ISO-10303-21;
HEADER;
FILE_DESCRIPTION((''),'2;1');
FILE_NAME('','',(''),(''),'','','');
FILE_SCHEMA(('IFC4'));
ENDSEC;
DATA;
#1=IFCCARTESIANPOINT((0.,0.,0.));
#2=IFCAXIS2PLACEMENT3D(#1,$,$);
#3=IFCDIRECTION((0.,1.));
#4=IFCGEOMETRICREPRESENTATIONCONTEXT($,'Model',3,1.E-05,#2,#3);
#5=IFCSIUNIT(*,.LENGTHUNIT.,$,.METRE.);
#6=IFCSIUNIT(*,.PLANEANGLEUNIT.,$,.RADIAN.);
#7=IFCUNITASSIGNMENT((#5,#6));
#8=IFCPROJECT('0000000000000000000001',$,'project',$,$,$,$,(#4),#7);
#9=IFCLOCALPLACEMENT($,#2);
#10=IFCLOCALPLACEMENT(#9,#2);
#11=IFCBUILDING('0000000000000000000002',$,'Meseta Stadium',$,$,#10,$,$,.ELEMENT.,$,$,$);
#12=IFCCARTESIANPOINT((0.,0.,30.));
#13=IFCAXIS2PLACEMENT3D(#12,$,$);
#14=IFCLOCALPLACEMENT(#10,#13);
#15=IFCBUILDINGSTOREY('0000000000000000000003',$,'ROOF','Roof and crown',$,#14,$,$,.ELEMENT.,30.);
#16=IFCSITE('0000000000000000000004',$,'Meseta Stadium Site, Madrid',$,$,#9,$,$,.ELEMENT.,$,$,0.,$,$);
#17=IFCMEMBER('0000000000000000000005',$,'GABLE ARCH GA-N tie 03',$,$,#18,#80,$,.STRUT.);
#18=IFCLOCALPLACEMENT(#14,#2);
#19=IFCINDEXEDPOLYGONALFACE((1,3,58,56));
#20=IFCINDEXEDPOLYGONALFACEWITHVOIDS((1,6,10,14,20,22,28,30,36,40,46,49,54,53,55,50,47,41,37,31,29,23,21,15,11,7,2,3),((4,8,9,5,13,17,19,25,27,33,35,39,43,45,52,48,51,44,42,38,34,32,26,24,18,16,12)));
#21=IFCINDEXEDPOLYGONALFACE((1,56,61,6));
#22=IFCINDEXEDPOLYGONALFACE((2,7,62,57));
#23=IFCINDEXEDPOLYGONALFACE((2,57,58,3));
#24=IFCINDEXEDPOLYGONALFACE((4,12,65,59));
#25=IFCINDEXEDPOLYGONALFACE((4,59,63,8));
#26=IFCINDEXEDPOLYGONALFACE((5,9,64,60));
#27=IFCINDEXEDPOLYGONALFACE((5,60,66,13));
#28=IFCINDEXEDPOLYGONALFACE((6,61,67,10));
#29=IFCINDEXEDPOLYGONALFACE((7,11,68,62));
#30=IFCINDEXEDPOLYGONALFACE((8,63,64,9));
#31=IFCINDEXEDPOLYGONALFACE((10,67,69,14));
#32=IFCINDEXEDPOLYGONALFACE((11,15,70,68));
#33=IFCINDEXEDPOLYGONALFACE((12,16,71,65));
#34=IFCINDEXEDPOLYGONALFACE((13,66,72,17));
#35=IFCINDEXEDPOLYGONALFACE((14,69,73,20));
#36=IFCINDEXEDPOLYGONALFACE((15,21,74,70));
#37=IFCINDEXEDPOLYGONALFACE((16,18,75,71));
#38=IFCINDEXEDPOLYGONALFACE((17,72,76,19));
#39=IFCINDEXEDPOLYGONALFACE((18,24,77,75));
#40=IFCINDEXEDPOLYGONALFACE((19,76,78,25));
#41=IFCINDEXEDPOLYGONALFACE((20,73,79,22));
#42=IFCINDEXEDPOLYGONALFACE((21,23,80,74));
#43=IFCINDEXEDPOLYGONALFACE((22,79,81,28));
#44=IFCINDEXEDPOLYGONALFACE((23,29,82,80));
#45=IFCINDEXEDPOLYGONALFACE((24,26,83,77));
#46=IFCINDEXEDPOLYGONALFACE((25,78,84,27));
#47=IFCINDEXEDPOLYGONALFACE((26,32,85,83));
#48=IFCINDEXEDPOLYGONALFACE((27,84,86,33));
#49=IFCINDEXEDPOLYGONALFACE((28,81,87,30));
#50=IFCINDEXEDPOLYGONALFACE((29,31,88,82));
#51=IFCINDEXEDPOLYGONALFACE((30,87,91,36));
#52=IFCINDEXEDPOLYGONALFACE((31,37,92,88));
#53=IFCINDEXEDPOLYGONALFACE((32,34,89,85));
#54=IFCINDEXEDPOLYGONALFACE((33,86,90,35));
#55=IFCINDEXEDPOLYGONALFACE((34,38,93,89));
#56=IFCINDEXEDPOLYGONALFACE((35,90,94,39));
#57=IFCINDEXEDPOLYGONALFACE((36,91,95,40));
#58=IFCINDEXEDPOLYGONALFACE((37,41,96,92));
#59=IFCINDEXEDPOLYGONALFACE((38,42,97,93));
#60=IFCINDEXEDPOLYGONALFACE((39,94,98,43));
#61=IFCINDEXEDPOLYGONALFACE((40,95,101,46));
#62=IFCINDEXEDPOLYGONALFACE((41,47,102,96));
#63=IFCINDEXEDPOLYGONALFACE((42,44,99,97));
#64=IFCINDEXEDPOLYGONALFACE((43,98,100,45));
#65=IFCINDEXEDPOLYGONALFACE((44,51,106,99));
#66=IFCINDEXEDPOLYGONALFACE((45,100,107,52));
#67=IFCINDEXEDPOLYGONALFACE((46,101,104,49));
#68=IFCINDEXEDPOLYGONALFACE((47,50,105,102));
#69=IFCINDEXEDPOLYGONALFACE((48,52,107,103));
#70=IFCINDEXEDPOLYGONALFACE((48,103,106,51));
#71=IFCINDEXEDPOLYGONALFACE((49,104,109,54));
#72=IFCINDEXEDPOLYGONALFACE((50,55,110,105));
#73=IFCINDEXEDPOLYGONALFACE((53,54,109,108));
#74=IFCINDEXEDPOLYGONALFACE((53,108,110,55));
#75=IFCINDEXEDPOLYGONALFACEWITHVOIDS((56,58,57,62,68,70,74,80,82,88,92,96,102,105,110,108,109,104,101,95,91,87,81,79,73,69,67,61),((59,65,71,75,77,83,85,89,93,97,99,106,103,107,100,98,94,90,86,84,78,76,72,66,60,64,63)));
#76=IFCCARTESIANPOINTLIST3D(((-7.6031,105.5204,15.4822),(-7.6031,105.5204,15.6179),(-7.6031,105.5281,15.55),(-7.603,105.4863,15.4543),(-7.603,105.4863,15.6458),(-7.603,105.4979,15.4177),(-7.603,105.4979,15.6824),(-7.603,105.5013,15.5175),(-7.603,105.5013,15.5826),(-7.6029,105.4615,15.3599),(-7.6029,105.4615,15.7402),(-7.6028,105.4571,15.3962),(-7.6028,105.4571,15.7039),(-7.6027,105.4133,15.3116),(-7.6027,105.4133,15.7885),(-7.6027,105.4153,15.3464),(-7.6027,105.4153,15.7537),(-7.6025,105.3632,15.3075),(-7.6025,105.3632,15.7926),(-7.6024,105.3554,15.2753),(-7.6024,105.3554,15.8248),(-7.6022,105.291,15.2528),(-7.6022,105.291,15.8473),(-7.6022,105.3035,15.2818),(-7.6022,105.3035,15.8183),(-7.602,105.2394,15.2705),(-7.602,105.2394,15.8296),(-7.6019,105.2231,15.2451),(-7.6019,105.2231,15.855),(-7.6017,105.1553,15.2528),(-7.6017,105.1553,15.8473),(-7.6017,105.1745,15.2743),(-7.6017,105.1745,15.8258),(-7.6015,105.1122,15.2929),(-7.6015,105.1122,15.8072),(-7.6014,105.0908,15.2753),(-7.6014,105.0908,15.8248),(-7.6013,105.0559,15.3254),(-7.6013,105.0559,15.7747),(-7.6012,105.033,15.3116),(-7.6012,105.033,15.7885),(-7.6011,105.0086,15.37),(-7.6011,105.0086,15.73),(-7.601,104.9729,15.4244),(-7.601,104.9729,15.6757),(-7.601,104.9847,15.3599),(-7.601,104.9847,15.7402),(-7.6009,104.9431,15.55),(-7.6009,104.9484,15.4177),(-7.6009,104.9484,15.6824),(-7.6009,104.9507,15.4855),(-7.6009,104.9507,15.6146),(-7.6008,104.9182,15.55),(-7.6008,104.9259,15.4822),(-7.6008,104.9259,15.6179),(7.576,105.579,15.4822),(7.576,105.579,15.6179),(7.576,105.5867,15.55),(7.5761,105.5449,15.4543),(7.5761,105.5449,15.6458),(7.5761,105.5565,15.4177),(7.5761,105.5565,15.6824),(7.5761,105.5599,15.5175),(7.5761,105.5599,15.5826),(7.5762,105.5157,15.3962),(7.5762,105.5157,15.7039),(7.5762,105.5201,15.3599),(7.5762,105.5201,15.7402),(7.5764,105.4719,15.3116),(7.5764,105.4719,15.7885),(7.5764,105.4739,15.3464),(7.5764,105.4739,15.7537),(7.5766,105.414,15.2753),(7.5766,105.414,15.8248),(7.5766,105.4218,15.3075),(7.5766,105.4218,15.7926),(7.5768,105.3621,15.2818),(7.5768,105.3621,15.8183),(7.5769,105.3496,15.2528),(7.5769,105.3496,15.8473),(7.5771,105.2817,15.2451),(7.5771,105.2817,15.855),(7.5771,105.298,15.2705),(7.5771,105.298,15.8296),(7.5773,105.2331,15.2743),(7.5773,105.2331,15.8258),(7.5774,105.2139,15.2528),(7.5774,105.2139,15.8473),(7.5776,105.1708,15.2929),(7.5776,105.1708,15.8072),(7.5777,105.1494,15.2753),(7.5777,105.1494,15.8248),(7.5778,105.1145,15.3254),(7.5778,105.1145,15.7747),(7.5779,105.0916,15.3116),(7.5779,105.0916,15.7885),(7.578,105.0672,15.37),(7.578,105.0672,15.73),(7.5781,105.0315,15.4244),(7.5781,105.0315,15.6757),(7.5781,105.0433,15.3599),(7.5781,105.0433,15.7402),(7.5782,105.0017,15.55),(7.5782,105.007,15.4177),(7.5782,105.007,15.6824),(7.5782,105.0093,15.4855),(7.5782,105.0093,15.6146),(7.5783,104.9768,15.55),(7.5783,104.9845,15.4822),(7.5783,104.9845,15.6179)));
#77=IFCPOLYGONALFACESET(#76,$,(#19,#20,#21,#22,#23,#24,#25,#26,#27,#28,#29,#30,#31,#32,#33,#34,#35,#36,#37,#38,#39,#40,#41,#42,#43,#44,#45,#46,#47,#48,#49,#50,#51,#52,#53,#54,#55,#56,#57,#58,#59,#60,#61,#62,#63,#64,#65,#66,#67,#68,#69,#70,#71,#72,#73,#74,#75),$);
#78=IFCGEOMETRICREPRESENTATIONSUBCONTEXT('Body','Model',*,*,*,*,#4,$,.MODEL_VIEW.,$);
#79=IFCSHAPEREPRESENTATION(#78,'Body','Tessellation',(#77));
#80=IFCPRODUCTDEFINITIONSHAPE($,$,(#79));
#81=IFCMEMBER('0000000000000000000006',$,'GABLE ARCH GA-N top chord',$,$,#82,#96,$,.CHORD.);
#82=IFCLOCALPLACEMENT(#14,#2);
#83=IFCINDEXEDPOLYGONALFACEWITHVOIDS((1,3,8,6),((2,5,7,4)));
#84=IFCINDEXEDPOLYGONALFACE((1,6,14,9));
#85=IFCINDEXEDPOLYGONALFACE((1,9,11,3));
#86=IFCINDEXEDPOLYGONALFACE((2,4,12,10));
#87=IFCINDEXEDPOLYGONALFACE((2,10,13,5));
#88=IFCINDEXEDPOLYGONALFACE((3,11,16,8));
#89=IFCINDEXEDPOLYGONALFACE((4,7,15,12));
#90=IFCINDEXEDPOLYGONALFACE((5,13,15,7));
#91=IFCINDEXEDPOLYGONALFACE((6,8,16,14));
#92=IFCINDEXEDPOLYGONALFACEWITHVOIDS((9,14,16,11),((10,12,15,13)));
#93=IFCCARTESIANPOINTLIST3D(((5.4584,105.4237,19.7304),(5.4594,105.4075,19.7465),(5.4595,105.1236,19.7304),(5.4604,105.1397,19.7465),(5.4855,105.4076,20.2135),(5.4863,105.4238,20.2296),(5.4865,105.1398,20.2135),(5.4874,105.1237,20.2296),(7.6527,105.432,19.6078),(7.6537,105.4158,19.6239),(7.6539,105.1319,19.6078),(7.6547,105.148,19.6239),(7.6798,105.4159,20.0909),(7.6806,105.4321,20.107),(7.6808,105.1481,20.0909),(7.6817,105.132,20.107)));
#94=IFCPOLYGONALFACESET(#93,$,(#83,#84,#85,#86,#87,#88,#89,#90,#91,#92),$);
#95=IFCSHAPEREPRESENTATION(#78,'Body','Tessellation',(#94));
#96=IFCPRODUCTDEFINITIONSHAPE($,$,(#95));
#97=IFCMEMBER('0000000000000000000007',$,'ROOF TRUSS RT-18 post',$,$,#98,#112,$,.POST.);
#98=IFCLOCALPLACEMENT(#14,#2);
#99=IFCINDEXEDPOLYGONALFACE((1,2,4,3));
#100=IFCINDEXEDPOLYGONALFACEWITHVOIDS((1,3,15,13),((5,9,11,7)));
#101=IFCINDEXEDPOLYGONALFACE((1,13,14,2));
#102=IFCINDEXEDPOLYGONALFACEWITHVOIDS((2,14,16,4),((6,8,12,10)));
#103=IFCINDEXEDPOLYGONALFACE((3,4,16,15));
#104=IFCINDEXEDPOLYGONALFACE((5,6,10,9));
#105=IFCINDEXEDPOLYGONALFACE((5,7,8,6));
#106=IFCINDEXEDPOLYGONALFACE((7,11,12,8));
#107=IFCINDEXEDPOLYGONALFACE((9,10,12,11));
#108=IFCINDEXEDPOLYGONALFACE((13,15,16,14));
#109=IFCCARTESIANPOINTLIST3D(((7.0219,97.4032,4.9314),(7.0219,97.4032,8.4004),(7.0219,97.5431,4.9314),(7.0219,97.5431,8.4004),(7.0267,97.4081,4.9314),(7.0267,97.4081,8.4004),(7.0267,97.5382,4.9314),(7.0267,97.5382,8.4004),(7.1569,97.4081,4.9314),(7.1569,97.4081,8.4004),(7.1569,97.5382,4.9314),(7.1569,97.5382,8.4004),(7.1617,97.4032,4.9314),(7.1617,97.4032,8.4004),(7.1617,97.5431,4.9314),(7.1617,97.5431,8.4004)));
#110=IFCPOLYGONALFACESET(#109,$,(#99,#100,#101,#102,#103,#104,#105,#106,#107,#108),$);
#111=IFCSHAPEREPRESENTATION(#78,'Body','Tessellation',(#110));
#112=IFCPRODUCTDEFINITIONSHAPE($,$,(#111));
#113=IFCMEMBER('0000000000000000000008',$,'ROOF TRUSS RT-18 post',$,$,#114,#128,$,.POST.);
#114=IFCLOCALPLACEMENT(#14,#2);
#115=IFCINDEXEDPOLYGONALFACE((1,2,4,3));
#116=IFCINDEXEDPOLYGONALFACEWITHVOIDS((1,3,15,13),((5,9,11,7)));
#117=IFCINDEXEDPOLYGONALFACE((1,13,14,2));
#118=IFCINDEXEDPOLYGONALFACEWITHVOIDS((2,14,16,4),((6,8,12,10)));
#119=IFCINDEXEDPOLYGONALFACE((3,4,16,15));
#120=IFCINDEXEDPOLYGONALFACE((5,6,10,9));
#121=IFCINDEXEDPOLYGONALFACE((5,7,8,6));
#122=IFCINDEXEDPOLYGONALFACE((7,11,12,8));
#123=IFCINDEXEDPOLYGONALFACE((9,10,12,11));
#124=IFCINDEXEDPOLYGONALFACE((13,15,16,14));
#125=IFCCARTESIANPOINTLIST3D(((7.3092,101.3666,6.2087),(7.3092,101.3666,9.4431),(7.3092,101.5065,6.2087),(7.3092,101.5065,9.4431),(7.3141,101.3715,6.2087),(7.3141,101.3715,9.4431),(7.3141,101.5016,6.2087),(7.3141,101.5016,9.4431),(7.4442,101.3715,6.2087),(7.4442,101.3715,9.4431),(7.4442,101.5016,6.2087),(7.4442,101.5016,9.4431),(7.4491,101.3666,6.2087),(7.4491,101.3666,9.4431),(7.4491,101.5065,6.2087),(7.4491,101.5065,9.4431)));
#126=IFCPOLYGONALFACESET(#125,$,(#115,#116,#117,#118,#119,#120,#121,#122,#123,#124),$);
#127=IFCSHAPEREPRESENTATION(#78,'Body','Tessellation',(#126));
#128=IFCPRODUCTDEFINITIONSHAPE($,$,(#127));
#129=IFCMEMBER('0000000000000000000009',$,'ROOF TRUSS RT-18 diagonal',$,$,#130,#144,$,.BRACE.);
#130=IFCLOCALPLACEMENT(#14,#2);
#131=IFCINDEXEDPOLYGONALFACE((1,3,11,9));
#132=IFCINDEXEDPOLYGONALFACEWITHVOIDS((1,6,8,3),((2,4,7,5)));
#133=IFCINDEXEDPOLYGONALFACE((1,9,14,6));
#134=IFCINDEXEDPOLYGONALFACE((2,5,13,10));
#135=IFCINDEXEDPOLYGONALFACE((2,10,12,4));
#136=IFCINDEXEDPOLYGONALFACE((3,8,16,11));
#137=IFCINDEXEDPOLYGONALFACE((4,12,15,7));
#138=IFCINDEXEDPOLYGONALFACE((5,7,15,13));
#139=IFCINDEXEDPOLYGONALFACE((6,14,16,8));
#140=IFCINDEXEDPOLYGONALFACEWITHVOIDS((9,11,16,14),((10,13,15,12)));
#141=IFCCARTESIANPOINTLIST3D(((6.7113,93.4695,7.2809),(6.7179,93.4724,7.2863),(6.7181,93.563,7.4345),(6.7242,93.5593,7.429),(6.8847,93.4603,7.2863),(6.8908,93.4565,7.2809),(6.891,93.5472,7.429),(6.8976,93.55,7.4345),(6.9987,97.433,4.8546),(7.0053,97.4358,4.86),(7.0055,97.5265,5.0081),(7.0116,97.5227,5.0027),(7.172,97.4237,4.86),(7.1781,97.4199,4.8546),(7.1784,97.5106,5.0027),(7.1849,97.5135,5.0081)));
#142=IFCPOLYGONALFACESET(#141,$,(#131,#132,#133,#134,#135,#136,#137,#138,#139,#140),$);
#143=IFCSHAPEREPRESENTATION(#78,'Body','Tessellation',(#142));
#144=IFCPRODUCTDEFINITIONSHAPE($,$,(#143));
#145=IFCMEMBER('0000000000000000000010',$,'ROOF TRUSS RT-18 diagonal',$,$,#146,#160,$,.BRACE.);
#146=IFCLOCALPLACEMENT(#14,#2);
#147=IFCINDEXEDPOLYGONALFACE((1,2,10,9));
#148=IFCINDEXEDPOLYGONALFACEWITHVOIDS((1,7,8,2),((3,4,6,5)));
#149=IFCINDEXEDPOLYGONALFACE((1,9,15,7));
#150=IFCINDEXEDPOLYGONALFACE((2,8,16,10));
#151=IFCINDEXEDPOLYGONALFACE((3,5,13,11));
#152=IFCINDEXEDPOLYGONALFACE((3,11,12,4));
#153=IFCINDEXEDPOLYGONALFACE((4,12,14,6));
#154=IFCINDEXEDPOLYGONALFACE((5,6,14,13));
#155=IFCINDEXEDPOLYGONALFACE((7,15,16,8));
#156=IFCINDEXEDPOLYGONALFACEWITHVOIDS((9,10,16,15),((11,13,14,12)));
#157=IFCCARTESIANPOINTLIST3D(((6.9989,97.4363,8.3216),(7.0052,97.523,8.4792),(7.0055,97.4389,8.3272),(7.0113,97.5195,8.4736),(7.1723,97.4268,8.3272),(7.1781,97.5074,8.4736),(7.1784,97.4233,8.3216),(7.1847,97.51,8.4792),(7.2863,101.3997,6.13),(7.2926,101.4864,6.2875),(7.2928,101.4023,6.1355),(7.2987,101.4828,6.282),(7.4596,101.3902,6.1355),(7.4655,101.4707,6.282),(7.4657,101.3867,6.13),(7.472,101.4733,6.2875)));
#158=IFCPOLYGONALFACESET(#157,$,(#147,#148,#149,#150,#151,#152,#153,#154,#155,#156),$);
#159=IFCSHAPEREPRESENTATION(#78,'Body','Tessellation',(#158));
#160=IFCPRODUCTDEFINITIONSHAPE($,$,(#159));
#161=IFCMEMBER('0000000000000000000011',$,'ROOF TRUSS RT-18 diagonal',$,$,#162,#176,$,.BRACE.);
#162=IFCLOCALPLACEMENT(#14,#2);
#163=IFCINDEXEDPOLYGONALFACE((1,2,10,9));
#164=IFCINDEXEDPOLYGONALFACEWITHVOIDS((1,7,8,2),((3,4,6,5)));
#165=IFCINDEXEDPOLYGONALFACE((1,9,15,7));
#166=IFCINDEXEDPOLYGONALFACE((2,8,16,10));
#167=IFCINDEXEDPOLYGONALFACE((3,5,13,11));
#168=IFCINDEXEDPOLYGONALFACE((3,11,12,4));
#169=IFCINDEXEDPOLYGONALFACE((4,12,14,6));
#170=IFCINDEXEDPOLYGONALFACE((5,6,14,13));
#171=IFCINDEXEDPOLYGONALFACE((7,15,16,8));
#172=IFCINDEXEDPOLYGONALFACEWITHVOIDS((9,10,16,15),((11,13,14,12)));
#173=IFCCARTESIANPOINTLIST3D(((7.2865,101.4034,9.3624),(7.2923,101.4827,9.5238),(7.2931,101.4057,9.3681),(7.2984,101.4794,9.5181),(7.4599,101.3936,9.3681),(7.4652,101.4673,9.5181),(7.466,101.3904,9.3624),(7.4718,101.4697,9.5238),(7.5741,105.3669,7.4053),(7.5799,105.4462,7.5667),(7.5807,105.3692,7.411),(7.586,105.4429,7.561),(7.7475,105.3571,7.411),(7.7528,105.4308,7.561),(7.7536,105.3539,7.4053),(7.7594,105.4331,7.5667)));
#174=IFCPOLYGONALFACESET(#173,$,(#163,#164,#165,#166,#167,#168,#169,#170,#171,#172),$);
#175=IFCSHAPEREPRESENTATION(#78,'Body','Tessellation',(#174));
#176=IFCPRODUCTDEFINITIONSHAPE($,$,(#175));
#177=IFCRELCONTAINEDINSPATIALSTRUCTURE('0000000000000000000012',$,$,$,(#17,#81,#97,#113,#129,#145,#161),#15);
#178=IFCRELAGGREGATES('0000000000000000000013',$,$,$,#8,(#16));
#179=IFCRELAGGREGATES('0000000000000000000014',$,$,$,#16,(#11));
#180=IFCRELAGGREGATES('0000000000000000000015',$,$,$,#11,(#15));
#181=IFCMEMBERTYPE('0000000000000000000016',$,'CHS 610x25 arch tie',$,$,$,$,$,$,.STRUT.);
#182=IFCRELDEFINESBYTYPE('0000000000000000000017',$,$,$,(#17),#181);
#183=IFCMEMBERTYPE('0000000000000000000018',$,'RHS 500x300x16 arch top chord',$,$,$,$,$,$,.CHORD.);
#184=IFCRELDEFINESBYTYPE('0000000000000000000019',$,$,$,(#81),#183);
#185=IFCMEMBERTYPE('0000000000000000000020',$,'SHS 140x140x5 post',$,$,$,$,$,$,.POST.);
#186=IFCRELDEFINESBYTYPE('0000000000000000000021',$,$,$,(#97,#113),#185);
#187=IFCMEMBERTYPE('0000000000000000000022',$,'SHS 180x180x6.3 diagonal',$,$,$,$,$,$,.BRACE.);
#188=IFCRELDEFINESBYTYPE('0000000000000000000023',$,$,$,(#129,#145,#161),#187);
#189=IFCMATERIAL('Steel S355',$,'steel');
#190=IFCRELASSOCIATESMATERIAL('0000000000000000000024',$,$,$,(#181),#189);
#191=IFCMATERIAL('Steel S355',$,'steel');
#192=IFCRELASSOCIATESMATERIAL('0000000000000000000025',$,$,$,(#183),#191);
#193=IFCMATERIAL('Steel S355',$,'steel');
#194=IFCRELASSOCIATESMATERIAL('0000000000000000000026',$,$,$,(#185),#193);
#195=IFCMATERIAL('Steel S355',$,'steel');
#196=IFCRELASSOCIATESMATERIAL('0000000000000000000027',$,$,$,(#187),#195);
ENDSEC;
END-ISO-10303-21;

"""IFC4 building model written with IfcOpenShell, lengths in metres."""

from ifc_helpers import new_model, si_unit, direction, frame, origin, origin_2d, place, context, subcontext, project, spatial, hollow_rectangle, hollow_circle, extrude, material, material_profile, profile_set, type_object, element, save


model = new_model("IFC4")

# Units and contexts
model_context = context("Model", 3, precision=1e-05, world=origin(), true_north=direction((0.0, 1.0)))
body_context = subcontext(model_context, "Body", "Model", "MODEL_VIEW")
ifc_project = project(units=[si_unit("LENGTHUNIT", "METRE"), si_unit("PLANEANGLEUNIT", "RADIAN")], contexts=[model_context])

# Site, building, storey
site_placement = place(None, origin())
site = spatial("IfcSite", under=ifc_project, at=site_placement, Name="Meseta Stadium Site, Madrid", CompositionType="ELEMENT", RefElevation=0.0)
building_placement = place(site_placement, origin())
building = spatial("IfcBuilding", under=site, at=building_placement, Name="Meseta Stadium", CompositionType="ELEMENT")
storey_placement = place(building_placement, frame((0.0, 0.0, 30.0)))
storey = spatial("IfcBuildingStorey", under=building, at=storey_placement, Name="ROOF", Description="Roof and crown", CompositionType="ELEMENT", Elevation=30.0)

# Members
ifc_material_1 = material(Name="Steel S355", Category="steel")
ifc_material_profile_1 = material_profile(ifc_material_1, hollow_circle(Radius=0.3049, WallThickness=0.0249, at=origin_2d()), Name="CHS 610x25")
ifc_profile_set_1 = profile_set([ifc_material_profile_1], Name="Steel S355")
member_type_1 = type_object("IfcMemberType", Name="CHS 610x25 arch tie", PredefinedType="STRUT", material=ifc_profile_set_1)
member_1_placement = place(storey_placement, frame((7.5771, 105.2817, 15.55), z_axis=(-0.999993, -0.00386, 0.0), x_axis=(0.00386, -0.999993, 0.0)))
element("IfcMember", 1, at=member_1_placement, inside=storey, type_object=member_type_1, Name="GABLE ARCH GA-N tie 03", PredefinedType="STRUT", context=body_context, shape_type="SweptSolid", body=[
    extrude(hollow_circle(Radius=0.3049, WallThickness=0.0249, at=origin_2d()), origin(), (0.0, 0.0, 1.0), 15.1792),
])
ifc_material_2 = material(Name="Steel S355", Category="steel")
ifc_material_profile_2 = material_profile(ifc_material_2, hollow_rectangle(XDim=0.3, YDim=0.5, WallThickness=0.0161, at=origin_2d()), Name="RHS 500x300x16")
ifc_profile_set_2 = profile_set([ifc_material_profile_2], Name="Steel S355")
member_type_2 = type_object("IfcMemberType", Name="RHS 500x300x16 arch top chord", PredefinedType="CHORD", material=ifc_profile_set_2)
member_2_placement = place(storey_placement, frame((7.6672, 105.282, 19.8574), z_axis=(-0.998437, -0.003777, 0.055765), x_axis=(0.003783, -0.999993, 0.0)))
element("IfcMember", 2, at=member_2_placement, inside=storey, type_object=member_type_2, Name="GABLE ARCH GA-N top chord", PredefinedType="CHORD", context=body_context, shape_type="SweptSolid", body=[
    extrude(hollow_rectangle(XDim=0.3, YDim=0.5, WallThickness=0.0161, at=origin_2d()), origin(), (0.0, 0.0, 1.0), 2.1978),
])
ifc_material_3 = material(Name="Steel S355", Category="steel")
ifc_material_profile_3 = material_profile(ifc_material_3, hollow_rectangle(XDim=0.1399, YDim=0.1399, WallThickness=0.0049, at=origin_2d()), Name="SHS 140x140x5")
ifc_profile_set_3 = profile_set([ifc_material_profile_3], Name="Steel S355")
member_type_3 = type_object("IfcMemberType", Name="SHS 140x140x5 post", PredefinedType="POST", material=ifc_profile_set_3)
member_3_placement = place(storey_placement, frame((7.0918, 97.4731, 4.9314), z_axis=(0.0, 0.0, 1.0), x_axis=(1.0, 0.0, 0.0)))
element("IfcMember", 3, at=member_3_placement, inside=storey, type_object=member_type_3, Name="ROOF TRUSS RT-18 post", PredefinedType="POST", context=body_context, shape_type="SweptSolid", body=[
    extrude(hollow_rectangle(XDim=0.1399, YDim=0.1399, WallThickness=0.0049, at=origin_2d()), origin(), (0.0, 0.0, 1.0), 3.469),
])
member_4_placement = place(storey_placement, frame((7.3792, 101.4365, 6.2087), z_axis=(0.0, 0.0, 1.0), x_axis=(1.0, 0.0, 0.0)))
element("IfcMember", 4, at=member_4_placement, inside=storey, type_object=member_type_3, Name="ROOF TRUSS RT-18 post", PredefinedType="POST", context=body_context, shape_type="SweptSolid", body=[
    extrude(hollow_rectangle(XDim=0.1399, YDim=0.1399, WallThickness=0.0049, at=origin_2d()), origin(), (0.0, 0.0, 1.0), 3.2344),
])
ifc_material_4 = material(Name="Steel S355", Category="steel")
ifc_material_profile_4 = material_profile(ifc_material_4, hollow_rectangle(XDim=0.1799, YDim=0.1799, WallThickness=0.0063, at=origin_2d()), Name="SHS 180x180x6.3")
ifc_profile_set_4 = profile_set([ifc_material_profile_4], Name="Steel S355")
member_type_4 = type_object("IfcMemberType", Name="SHS 180x180x6.3 diagonal", PredefinedType="BRACE", material=ifc_profile_set_4)
member_5_placement = place(storey_placement, frame((6.8044, 93.5098, 7.3577), z_axis=(0.061718, 0.851253, -0.521113), x_axis=(-0.997382, 0.072312, 0.0)))
element("IfcMember", 5, at=member_5_placement, inside=storey, type_object=member_type_4, Name="ROOF TRUSS RT-18 diagonal", PredefinedType="BRACE", context=body_context, shape_type="SweptSolid", body=[
    extrude(hollow_rectangle(XDim=0.1799, YDim=0.1799, WallThickness=0.0063, at=origin_2d()), origin(), (0.0, 0.0, 1.0), 4.656),
])
member_6_placement = place(storey_placement, frame((7.0918, 97.4731, 8.4004), z_axis=(0.06332, 0.873358, -0.482945), x_axis=(-0.997382, 0.072312, 0.0)))
element("IfcMember", 6, at=member_6_placement, inside=storey, type_object=member_type_4, Name="ROOF TRUSS RT-18 diagonal", PredefinedType="BRACE", context=body_context, shape_type="SweptSolid", body=[
    extrude(hollow_rectangle(XDim=0.1799, YDim=0.1799, WallThickness=0.0063, at=origin_2d()), origin(), (0.0, 0.0, 1.0), 4.5381),
])
member_7_placement = place(storey_placement, frame((7.3792, 101.4365, 9.4431), z_axis=(0.064927, 0.894756, -0.441811), x_axis=(-0.997378, 0.072373, 0.0)))
element("IfcMember", 7, at=member_7_placement, inside=storey, type_object=member_type_4, Name="ROOF TRUSS RT-18 diagonal", PredefinedType="BRACE", context=body_context, shape_type="SweptSolid", body=[
    extrude(hollow_rectangle(XDim=0.1799, YDim=0.1799, WallThickness=0.0063, at=origin_2d()), origin(), (0.0, 0.0, 1.0), 4.4297),
])

save(model, "model.ifc")
